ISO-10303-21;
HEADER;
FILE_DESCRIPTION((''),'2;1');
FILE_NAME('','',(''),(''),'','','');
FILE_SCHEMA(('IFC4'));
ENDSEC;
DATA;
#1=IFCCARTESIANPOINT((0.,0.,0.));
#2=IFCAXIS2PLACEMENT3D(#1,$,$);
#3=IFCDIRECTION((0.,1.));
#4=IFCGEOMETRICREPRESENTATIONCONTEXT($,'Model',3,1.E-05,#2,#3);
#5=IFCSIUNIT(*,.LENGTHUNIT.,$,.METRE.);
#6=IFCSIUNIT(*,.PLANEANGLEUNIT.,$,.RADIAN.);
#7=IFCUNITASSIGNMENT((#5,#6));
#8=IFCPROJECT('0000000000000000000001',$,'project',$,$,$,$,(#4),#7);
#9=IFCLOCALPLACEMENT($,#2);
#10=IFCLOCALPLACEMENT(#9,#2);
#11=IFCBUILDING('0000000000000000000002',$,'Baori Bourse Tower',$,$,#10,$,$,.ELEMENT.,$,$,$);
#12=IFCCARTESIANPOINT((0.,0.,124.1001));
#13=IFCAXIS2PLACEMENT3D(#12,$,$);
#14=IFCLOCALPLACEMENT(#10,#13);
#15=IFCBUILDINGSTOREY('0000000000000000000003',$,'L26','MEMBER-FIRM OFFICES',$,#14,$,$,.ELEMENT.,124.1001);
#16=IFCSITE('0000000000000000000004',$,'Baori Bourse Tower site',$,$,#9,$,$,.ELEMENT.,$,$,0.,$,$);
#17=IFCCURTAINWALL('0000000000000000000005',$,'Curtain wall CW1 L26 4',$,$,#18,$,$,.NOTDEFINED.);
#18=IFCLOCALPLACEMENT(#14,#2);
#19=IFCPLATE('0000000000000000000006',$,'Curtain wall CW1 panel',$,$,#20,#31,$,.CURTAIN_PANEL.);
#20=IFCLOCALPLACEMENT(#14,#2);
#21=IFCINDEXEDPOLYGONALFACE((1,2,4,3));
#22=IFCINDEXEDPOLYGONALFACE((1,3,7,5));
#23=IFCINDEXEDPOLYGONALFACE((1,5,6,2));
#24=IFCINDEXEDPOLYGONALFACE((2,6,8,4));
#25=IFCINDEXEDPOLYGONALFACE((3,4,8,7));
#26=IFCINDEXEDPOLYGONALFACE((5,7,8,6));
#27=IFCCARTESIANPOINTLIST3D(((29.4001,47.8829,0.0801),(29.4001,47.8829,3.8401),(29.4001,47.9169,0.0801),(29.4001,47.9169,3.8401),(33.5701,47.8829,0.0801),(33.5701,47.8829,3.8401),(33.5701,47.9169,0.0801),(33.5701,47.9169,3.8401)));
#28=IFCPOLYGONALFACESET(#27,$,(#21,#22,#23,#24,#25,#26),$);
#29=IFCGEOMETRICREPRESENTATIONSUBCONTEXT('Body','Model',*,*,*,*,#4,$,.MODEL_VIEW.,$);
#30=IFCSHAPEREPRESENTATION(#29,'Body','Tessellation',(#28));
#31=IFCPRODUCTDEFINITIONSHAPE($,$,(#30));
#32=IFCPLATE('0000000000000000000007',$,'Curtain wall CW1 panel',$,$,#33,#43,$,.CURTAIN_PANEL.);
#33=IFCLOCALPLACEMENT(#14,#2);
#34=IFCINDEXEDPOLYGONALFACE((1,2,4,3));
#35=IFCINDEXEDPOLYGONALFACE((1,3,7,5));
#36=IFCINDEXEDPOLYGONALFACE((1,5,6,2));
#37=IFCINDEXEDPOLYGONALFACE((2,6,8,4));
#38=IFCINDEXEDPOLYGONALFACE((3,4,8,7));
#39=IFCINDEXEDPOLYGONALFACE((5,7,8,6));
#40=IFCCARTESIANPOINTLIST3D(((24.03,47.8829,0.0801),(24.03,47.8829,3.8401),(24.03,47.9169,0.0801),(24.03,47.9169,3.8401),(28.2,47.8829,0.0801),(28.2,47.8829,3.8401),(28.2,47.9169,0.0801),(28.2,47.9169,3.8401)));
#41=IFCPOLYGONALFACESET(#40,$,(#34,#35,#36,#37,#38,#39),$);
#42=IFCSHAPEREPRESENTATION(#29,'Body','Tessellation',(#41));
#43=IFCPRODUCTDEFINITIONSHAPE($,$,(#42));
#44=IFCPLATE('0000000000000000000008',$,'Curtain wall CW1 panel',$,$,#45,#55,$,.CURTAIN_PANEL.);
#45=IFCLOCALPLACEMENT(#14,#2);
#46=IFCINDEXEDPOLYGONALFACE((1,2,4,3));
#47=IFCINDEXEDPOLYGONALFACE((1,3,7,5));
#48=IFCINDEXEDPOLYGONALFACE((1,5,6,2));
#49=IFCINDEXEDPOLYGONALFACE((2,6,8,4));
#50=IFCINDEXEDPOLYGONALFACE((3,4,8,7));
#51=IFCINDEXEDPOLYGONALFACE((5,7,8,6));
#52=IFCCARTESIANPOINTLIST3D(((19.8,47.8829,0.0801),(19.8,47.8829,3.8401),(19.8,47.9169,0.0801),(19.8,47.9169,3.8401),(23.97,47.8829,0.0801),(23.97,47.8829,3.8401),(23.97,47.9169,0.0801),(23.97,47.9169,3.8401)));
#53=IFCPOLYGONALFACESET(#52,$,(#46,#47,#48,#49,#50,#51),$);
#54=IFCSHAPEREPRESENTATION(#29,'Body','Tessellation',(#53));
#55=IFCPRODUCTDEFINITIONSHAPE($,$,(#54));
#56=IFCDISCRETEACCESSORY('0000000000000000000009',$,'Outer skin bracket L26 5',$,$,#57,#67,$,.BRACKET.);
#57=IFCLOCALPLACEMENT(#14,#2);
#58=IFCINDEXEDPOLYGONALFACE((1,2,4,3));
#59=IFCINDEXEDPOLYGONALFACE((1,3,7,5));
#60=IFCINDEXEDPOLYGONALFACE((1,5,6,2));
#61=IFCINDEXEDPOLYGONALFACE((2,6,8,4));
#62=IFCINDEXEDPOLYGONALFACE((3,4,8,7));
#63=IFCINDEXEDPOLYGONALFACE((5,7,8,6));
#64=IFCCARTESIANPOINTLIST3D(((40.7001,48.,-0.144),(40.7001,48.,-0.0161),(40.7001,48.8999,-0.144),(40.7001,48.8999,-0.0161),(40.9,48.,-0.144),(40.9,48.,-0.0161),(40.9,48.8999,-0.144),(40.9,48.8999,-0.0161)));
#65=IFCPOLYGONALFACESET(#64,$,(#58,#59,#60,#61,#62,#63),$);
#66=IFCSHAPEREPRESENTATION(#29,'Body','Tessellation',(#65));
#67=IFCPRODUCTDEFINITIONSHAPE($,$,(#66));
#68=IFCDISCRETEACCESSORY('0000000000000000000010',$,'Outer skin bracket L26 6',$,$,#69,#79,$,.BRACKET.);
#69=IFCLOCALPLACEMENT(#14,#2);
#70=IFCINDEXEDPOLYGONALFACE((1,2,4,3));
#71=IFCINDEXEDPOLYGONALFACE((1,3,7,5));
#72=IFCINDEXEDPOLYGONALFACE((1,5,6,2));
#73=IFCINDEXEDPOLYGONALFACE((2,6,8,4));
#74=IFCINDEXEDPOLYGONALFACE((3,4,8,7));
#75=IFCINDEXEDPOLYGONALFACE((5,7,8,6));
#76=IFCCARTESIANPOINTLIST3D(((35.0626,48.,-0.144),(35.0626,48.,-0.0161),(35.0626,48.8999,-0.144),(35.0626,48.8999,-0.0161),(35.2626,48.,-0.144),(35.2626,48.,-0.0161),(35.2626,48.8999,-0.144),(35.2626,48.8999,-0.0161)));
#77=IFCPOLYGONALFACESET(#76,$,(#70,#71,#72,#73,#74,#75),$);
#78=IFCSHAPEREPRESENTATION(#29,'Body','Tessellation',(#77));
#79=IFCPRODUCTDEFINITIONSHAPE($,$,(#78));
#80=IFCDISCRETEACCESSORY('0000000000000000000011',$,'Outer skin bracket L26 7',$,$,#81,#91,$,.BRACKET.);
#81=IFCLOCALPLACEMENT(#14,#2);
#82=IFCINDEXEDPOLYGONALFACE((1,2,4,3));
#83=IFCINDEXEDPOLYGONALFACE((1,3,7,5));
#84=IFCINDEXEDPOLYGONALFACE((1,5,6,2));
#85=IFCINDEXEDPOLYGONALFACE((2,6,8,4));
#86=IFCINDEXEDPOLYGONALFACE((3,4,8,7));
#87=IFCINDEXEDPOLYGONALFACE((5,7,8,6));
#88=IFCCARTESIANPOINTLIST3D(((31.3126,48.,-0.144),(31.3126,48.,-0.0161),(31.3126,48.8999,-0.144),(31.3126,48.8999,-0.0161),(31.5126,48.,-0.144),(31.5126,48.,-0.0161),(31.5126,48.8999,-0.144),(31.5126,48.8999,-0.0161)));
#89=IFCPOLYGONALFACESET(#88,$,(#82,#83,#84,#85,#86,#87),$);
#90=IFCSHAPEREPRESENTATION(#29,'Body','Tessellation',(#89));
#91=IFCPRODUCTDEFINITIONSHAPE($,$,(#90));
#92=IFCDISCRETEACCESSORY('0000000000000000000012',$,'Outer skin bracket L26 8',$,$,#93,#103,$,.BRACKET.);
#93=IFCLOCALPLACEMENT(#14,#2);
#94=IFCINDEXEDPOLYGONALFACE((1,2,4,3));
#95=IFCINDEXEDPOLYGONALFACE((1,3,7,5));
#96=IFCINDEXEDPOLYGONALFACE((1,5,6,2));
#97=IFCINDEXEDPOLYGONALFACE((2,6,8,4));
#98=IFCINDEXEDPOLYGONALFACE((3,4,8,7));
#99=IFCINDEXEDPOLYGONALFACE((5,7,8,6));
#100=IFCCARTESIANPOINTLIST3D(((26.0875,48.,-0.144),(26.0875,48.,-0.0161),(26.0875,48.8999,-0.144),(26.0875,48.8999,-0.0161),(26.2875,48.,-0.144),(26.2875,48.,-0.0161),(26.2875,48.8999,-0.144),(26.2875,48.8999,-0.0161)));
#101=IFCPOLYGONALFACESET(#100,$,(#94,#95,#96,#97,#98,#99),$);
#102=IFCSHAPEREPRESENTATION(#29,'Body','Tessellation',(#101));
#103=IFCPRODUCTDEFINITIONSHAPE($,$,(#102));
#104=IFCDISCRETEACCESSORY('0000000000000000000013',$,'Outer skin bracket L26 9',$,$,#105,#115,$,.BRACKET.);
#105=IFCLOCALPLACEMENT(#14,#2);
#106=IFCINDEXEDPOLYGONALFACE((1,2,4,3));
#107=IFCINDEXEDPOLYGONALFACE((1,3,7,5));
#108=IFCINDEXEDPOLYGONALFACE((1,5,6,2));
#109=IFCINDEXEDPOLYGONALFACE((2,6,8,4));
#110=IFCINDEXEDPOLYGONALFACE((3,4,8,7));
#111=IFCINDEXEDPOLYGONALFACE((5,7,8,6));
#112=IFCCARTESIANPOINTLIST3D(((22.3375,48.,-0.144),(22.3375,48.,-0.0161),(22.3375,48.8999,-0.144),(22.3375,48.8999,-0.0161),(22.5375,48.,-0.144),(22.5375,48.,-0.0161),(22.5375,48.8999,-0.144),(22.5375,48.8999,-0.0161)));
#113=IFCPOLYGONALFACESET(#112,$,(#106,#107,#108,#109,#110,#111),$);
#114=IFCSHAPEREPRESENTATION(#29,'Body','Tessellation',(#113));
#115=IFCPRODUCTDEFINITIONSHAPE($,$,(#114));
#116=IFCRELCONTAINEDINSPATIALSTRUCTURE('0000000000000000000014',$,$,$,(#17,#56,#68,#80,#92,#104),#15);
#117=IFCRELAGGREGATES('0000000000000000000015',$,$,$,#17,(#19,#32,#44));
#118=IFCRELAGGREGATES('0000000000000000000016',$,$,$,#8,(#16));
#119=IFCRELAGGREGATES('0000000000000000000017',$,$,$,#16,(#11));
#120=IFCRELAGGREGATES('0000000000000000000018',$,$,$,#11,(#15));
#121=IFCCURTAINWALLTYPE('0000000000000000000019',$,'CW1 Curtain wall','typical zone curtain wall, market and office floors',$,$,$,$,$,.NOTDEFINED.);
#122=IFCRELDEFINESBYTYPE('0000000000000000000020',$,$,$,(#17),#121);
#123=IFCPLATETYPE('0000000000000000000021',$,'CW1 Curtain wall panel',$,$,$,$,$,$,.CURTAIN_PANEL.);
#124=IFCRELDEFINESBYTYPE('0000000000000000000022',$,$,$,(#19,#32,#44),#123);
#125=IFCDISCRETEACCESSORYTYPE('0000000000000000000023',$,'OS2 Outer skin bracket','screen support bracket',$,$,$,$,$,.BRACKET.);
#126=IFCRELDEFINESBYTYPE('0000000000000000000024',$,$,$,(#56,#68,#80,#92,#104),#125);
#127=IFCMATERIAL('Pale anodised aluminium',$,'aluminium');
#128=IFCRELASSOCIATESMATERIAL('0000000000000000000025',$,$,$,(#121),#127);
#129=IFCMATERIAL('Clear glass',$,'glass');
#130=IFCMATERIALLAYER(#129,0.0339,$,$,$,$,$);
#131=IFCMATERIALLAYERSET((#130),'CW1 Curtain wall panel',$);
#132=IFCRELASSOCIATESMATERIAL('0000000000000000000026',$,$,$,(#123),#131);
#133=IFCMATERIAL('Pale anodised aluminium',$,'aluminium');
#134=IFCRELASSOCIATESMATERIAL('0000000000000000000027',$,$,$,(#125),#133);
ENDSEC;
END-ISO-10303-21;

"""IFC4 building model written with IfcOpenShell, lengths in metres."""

from ifc_helpers import new_model, si_unit, direction, frame, origin, origin_2d, place, context, subcontext, project, spatial, rectangle, extrude, material, layer, layer_set, type_object, element, aggregate, save


model = new_model("IFC4")

# Units and contexts
model_context = context("Model", 3, precision=1e-05, world=origin(), true_north=direction((0.0, 1.0)))
body_context = subcontext(model_context, "Body", "Model", "MODEL_VIEW")
ifc_project = project(units=[si_unit("LENGTHUNIT", "METRE"), si_unit("PLANEANGLEUNIT", "RADIAN")], contexts=[model_context])

# Site, building, storey
site_placement = place(None, origin())
site = spatial("IfcSite", under=ifc_project, at=site_placement, Name="Baori Bourse Tower site", CompositionType="ELEMENT", RefElevation=0.0)
building_placement = place(site_placement, origin())
building = spatial("IfcBuilding", under=site, at=building_placement, Name="Baori Bourse Tower", CompositionType="ELEMENT")
storey_placement = place(building_placement, frame((0.0, 0.0, 124.1001)))
storey = spatial("IfcBuildingStorey", under=building, at=storey_placement, Name="L26", Description="MEMBER-FIRM OFFICES", CompositionType="ELEMENT", Elevation=124.1001)

# Curtain wall
ifc_material_1 = material(Name="Pale anodised aluminium", Category="aluminium")
curtain_wall_type = type_object("IfcCurtainWallType", Name="CW1 Curtain wall", Description="typical zone curtain wall, market and office floors", PredefinedType="NOTDEFINED", material=ifc_material_1)
curtain_wall_placement = place(storey_placement, origin())
curtain_wall = element("IfcCurtainWall", 1, at=curtain_wall_placement, inside=storey, type_object=curtain_wall_type, Name="Curtain wall CW1 L26 4", PredefinedType="NOTDEFINED")

# Plates
ifc_material_2 = material(Name="Clear glass", Category="glass")
ifc_layer = layer(ifc_material_2, 0.0339)
ifc_layer_set = layer_set([ifc_layer], Name="CW1 Curtain wall panel")
plate_type = type_object("IfcPlateType", Name="CW1 Curtain wall panel", PredefinedType="CURTAIN_PANEL", material=ifc_layer_set)
plate_1_placement = place(storey_placement, frame((31.4851, 47.8999, 0.0801), z_axis=(0.0, 0.0, 1.0), x_axis=(-1.0, 0.0, 0.0)))
plate_1 = element("IfcPlate", 2, at=plate_1_placement, type_object=plate_type, Name="Curtain wall CW1 panel", PredefinedType="CURTAIN_PANEL", context=body_context, shape_type="SweptSolid", body=[
    extrude(rectangle(XDim=4.1699, YDim=0.0339, at=origin_2d()), origin(), (0.0, 0.0, 1.0), 3.76),
])
plate_2_placement = place(storey_placement, frame((26.115, 47.8999, 0.0801), z_axis=(0.0, 0.0, 1.0), x_axis=(-1.0, 0.0, 0.0)))
plate_2 = element("IfcPlate", 3, at=plate_2_placement, type_object=plate_type, Name="Curtain wall CW1 panel", PredefinedType="CURTAIN_PANEL", context=body_context, shape_type="SweptSolid", body=[
    extrude(rectangle(XDim=4.1699, YDim=0.0339, at=origin_2d()), origin(), (0.0, 0.0, 1.0), 3.76),
])
plate_3_placement = place(storey_placement, frame((21.885, 47.8999, 0.0801), z_axis=(0.0, 0.0, 1.0), x_axis=(-1.0, 0.0, 0.0)))
plate_3 = element("IfcPlate", 4, at=plate_3_placement, type_object=plate_type, Name="Curtain wall CW1 panel", PredefinedType="CURTAIN_PANEL", context=body_context, shape_type="SweptSolid", body=[
    extrude(rectangle(XDim=4.1699, YDim=0.0339, at=origin_2d()), origin(), (0.0, 0.0, 1.0), 3.76),
])
aggregate(curtain_wall, [plate_1, plate_2, plate_3])

# Discrete accessories
ifc_material_3 = material(Name="Pale anodised aluminium", Category="aluminium")
discrete_accessory_type = type_object("IfcDiscreteAccessoryType", Name="OS2 Outer skin bracket", Description="screen support bracket", PredefinedType="BRACKET", material=ifc_material_3)
for number, where, z_axis, x_axis, name in (
    (5, (40.8, 48.45, -0.144), (0.0, 0.0, 1.0), (-1.0, 0.0, 0.0), "Outer skin bracket L26 5"),
    (6, (35.1626, 48.45, -0.144), (0.0, 0.0, 1.0), (-1.0, 0.0, 0.0), "Outer skin bracket L26 6"),
    (7, (31.4126, 48.45, -0.144), (0.0, 0.0, 1.0), (-1.0, 0.0, 0.0), "Outer skin bracket L26 7"),
    (8, (26.1875, 48.45, -0.144), (0.0, 0.0, 1.0), (-1.0, 0.0, 0.0), "Outer skin bracket L26 8"),
    (9, (22.4375, 48.45, -0.144), (0.0, 0.0, 1.0), (-1.0, 0.0, 0.0), "Outer skin bracket L26 9"),
):
    element("IfcDiscreteAccessory", number, at=place(storey_placement, frame(where, z_axis=z_axis, x_axis=x_axis)), inside=storey, type_object=discrete_accessory_type, Name=name, PredefinedType="BRACKET", context=body_context, shape_type="SweptSolid", body=[
        extrude(rectangle(XDim=0.2, YDim=0.8999, at=origin_2d()), origin(), (0.0, 0.0, 1.0), 0.1279),
    ])

save(model, "model.ifc")
